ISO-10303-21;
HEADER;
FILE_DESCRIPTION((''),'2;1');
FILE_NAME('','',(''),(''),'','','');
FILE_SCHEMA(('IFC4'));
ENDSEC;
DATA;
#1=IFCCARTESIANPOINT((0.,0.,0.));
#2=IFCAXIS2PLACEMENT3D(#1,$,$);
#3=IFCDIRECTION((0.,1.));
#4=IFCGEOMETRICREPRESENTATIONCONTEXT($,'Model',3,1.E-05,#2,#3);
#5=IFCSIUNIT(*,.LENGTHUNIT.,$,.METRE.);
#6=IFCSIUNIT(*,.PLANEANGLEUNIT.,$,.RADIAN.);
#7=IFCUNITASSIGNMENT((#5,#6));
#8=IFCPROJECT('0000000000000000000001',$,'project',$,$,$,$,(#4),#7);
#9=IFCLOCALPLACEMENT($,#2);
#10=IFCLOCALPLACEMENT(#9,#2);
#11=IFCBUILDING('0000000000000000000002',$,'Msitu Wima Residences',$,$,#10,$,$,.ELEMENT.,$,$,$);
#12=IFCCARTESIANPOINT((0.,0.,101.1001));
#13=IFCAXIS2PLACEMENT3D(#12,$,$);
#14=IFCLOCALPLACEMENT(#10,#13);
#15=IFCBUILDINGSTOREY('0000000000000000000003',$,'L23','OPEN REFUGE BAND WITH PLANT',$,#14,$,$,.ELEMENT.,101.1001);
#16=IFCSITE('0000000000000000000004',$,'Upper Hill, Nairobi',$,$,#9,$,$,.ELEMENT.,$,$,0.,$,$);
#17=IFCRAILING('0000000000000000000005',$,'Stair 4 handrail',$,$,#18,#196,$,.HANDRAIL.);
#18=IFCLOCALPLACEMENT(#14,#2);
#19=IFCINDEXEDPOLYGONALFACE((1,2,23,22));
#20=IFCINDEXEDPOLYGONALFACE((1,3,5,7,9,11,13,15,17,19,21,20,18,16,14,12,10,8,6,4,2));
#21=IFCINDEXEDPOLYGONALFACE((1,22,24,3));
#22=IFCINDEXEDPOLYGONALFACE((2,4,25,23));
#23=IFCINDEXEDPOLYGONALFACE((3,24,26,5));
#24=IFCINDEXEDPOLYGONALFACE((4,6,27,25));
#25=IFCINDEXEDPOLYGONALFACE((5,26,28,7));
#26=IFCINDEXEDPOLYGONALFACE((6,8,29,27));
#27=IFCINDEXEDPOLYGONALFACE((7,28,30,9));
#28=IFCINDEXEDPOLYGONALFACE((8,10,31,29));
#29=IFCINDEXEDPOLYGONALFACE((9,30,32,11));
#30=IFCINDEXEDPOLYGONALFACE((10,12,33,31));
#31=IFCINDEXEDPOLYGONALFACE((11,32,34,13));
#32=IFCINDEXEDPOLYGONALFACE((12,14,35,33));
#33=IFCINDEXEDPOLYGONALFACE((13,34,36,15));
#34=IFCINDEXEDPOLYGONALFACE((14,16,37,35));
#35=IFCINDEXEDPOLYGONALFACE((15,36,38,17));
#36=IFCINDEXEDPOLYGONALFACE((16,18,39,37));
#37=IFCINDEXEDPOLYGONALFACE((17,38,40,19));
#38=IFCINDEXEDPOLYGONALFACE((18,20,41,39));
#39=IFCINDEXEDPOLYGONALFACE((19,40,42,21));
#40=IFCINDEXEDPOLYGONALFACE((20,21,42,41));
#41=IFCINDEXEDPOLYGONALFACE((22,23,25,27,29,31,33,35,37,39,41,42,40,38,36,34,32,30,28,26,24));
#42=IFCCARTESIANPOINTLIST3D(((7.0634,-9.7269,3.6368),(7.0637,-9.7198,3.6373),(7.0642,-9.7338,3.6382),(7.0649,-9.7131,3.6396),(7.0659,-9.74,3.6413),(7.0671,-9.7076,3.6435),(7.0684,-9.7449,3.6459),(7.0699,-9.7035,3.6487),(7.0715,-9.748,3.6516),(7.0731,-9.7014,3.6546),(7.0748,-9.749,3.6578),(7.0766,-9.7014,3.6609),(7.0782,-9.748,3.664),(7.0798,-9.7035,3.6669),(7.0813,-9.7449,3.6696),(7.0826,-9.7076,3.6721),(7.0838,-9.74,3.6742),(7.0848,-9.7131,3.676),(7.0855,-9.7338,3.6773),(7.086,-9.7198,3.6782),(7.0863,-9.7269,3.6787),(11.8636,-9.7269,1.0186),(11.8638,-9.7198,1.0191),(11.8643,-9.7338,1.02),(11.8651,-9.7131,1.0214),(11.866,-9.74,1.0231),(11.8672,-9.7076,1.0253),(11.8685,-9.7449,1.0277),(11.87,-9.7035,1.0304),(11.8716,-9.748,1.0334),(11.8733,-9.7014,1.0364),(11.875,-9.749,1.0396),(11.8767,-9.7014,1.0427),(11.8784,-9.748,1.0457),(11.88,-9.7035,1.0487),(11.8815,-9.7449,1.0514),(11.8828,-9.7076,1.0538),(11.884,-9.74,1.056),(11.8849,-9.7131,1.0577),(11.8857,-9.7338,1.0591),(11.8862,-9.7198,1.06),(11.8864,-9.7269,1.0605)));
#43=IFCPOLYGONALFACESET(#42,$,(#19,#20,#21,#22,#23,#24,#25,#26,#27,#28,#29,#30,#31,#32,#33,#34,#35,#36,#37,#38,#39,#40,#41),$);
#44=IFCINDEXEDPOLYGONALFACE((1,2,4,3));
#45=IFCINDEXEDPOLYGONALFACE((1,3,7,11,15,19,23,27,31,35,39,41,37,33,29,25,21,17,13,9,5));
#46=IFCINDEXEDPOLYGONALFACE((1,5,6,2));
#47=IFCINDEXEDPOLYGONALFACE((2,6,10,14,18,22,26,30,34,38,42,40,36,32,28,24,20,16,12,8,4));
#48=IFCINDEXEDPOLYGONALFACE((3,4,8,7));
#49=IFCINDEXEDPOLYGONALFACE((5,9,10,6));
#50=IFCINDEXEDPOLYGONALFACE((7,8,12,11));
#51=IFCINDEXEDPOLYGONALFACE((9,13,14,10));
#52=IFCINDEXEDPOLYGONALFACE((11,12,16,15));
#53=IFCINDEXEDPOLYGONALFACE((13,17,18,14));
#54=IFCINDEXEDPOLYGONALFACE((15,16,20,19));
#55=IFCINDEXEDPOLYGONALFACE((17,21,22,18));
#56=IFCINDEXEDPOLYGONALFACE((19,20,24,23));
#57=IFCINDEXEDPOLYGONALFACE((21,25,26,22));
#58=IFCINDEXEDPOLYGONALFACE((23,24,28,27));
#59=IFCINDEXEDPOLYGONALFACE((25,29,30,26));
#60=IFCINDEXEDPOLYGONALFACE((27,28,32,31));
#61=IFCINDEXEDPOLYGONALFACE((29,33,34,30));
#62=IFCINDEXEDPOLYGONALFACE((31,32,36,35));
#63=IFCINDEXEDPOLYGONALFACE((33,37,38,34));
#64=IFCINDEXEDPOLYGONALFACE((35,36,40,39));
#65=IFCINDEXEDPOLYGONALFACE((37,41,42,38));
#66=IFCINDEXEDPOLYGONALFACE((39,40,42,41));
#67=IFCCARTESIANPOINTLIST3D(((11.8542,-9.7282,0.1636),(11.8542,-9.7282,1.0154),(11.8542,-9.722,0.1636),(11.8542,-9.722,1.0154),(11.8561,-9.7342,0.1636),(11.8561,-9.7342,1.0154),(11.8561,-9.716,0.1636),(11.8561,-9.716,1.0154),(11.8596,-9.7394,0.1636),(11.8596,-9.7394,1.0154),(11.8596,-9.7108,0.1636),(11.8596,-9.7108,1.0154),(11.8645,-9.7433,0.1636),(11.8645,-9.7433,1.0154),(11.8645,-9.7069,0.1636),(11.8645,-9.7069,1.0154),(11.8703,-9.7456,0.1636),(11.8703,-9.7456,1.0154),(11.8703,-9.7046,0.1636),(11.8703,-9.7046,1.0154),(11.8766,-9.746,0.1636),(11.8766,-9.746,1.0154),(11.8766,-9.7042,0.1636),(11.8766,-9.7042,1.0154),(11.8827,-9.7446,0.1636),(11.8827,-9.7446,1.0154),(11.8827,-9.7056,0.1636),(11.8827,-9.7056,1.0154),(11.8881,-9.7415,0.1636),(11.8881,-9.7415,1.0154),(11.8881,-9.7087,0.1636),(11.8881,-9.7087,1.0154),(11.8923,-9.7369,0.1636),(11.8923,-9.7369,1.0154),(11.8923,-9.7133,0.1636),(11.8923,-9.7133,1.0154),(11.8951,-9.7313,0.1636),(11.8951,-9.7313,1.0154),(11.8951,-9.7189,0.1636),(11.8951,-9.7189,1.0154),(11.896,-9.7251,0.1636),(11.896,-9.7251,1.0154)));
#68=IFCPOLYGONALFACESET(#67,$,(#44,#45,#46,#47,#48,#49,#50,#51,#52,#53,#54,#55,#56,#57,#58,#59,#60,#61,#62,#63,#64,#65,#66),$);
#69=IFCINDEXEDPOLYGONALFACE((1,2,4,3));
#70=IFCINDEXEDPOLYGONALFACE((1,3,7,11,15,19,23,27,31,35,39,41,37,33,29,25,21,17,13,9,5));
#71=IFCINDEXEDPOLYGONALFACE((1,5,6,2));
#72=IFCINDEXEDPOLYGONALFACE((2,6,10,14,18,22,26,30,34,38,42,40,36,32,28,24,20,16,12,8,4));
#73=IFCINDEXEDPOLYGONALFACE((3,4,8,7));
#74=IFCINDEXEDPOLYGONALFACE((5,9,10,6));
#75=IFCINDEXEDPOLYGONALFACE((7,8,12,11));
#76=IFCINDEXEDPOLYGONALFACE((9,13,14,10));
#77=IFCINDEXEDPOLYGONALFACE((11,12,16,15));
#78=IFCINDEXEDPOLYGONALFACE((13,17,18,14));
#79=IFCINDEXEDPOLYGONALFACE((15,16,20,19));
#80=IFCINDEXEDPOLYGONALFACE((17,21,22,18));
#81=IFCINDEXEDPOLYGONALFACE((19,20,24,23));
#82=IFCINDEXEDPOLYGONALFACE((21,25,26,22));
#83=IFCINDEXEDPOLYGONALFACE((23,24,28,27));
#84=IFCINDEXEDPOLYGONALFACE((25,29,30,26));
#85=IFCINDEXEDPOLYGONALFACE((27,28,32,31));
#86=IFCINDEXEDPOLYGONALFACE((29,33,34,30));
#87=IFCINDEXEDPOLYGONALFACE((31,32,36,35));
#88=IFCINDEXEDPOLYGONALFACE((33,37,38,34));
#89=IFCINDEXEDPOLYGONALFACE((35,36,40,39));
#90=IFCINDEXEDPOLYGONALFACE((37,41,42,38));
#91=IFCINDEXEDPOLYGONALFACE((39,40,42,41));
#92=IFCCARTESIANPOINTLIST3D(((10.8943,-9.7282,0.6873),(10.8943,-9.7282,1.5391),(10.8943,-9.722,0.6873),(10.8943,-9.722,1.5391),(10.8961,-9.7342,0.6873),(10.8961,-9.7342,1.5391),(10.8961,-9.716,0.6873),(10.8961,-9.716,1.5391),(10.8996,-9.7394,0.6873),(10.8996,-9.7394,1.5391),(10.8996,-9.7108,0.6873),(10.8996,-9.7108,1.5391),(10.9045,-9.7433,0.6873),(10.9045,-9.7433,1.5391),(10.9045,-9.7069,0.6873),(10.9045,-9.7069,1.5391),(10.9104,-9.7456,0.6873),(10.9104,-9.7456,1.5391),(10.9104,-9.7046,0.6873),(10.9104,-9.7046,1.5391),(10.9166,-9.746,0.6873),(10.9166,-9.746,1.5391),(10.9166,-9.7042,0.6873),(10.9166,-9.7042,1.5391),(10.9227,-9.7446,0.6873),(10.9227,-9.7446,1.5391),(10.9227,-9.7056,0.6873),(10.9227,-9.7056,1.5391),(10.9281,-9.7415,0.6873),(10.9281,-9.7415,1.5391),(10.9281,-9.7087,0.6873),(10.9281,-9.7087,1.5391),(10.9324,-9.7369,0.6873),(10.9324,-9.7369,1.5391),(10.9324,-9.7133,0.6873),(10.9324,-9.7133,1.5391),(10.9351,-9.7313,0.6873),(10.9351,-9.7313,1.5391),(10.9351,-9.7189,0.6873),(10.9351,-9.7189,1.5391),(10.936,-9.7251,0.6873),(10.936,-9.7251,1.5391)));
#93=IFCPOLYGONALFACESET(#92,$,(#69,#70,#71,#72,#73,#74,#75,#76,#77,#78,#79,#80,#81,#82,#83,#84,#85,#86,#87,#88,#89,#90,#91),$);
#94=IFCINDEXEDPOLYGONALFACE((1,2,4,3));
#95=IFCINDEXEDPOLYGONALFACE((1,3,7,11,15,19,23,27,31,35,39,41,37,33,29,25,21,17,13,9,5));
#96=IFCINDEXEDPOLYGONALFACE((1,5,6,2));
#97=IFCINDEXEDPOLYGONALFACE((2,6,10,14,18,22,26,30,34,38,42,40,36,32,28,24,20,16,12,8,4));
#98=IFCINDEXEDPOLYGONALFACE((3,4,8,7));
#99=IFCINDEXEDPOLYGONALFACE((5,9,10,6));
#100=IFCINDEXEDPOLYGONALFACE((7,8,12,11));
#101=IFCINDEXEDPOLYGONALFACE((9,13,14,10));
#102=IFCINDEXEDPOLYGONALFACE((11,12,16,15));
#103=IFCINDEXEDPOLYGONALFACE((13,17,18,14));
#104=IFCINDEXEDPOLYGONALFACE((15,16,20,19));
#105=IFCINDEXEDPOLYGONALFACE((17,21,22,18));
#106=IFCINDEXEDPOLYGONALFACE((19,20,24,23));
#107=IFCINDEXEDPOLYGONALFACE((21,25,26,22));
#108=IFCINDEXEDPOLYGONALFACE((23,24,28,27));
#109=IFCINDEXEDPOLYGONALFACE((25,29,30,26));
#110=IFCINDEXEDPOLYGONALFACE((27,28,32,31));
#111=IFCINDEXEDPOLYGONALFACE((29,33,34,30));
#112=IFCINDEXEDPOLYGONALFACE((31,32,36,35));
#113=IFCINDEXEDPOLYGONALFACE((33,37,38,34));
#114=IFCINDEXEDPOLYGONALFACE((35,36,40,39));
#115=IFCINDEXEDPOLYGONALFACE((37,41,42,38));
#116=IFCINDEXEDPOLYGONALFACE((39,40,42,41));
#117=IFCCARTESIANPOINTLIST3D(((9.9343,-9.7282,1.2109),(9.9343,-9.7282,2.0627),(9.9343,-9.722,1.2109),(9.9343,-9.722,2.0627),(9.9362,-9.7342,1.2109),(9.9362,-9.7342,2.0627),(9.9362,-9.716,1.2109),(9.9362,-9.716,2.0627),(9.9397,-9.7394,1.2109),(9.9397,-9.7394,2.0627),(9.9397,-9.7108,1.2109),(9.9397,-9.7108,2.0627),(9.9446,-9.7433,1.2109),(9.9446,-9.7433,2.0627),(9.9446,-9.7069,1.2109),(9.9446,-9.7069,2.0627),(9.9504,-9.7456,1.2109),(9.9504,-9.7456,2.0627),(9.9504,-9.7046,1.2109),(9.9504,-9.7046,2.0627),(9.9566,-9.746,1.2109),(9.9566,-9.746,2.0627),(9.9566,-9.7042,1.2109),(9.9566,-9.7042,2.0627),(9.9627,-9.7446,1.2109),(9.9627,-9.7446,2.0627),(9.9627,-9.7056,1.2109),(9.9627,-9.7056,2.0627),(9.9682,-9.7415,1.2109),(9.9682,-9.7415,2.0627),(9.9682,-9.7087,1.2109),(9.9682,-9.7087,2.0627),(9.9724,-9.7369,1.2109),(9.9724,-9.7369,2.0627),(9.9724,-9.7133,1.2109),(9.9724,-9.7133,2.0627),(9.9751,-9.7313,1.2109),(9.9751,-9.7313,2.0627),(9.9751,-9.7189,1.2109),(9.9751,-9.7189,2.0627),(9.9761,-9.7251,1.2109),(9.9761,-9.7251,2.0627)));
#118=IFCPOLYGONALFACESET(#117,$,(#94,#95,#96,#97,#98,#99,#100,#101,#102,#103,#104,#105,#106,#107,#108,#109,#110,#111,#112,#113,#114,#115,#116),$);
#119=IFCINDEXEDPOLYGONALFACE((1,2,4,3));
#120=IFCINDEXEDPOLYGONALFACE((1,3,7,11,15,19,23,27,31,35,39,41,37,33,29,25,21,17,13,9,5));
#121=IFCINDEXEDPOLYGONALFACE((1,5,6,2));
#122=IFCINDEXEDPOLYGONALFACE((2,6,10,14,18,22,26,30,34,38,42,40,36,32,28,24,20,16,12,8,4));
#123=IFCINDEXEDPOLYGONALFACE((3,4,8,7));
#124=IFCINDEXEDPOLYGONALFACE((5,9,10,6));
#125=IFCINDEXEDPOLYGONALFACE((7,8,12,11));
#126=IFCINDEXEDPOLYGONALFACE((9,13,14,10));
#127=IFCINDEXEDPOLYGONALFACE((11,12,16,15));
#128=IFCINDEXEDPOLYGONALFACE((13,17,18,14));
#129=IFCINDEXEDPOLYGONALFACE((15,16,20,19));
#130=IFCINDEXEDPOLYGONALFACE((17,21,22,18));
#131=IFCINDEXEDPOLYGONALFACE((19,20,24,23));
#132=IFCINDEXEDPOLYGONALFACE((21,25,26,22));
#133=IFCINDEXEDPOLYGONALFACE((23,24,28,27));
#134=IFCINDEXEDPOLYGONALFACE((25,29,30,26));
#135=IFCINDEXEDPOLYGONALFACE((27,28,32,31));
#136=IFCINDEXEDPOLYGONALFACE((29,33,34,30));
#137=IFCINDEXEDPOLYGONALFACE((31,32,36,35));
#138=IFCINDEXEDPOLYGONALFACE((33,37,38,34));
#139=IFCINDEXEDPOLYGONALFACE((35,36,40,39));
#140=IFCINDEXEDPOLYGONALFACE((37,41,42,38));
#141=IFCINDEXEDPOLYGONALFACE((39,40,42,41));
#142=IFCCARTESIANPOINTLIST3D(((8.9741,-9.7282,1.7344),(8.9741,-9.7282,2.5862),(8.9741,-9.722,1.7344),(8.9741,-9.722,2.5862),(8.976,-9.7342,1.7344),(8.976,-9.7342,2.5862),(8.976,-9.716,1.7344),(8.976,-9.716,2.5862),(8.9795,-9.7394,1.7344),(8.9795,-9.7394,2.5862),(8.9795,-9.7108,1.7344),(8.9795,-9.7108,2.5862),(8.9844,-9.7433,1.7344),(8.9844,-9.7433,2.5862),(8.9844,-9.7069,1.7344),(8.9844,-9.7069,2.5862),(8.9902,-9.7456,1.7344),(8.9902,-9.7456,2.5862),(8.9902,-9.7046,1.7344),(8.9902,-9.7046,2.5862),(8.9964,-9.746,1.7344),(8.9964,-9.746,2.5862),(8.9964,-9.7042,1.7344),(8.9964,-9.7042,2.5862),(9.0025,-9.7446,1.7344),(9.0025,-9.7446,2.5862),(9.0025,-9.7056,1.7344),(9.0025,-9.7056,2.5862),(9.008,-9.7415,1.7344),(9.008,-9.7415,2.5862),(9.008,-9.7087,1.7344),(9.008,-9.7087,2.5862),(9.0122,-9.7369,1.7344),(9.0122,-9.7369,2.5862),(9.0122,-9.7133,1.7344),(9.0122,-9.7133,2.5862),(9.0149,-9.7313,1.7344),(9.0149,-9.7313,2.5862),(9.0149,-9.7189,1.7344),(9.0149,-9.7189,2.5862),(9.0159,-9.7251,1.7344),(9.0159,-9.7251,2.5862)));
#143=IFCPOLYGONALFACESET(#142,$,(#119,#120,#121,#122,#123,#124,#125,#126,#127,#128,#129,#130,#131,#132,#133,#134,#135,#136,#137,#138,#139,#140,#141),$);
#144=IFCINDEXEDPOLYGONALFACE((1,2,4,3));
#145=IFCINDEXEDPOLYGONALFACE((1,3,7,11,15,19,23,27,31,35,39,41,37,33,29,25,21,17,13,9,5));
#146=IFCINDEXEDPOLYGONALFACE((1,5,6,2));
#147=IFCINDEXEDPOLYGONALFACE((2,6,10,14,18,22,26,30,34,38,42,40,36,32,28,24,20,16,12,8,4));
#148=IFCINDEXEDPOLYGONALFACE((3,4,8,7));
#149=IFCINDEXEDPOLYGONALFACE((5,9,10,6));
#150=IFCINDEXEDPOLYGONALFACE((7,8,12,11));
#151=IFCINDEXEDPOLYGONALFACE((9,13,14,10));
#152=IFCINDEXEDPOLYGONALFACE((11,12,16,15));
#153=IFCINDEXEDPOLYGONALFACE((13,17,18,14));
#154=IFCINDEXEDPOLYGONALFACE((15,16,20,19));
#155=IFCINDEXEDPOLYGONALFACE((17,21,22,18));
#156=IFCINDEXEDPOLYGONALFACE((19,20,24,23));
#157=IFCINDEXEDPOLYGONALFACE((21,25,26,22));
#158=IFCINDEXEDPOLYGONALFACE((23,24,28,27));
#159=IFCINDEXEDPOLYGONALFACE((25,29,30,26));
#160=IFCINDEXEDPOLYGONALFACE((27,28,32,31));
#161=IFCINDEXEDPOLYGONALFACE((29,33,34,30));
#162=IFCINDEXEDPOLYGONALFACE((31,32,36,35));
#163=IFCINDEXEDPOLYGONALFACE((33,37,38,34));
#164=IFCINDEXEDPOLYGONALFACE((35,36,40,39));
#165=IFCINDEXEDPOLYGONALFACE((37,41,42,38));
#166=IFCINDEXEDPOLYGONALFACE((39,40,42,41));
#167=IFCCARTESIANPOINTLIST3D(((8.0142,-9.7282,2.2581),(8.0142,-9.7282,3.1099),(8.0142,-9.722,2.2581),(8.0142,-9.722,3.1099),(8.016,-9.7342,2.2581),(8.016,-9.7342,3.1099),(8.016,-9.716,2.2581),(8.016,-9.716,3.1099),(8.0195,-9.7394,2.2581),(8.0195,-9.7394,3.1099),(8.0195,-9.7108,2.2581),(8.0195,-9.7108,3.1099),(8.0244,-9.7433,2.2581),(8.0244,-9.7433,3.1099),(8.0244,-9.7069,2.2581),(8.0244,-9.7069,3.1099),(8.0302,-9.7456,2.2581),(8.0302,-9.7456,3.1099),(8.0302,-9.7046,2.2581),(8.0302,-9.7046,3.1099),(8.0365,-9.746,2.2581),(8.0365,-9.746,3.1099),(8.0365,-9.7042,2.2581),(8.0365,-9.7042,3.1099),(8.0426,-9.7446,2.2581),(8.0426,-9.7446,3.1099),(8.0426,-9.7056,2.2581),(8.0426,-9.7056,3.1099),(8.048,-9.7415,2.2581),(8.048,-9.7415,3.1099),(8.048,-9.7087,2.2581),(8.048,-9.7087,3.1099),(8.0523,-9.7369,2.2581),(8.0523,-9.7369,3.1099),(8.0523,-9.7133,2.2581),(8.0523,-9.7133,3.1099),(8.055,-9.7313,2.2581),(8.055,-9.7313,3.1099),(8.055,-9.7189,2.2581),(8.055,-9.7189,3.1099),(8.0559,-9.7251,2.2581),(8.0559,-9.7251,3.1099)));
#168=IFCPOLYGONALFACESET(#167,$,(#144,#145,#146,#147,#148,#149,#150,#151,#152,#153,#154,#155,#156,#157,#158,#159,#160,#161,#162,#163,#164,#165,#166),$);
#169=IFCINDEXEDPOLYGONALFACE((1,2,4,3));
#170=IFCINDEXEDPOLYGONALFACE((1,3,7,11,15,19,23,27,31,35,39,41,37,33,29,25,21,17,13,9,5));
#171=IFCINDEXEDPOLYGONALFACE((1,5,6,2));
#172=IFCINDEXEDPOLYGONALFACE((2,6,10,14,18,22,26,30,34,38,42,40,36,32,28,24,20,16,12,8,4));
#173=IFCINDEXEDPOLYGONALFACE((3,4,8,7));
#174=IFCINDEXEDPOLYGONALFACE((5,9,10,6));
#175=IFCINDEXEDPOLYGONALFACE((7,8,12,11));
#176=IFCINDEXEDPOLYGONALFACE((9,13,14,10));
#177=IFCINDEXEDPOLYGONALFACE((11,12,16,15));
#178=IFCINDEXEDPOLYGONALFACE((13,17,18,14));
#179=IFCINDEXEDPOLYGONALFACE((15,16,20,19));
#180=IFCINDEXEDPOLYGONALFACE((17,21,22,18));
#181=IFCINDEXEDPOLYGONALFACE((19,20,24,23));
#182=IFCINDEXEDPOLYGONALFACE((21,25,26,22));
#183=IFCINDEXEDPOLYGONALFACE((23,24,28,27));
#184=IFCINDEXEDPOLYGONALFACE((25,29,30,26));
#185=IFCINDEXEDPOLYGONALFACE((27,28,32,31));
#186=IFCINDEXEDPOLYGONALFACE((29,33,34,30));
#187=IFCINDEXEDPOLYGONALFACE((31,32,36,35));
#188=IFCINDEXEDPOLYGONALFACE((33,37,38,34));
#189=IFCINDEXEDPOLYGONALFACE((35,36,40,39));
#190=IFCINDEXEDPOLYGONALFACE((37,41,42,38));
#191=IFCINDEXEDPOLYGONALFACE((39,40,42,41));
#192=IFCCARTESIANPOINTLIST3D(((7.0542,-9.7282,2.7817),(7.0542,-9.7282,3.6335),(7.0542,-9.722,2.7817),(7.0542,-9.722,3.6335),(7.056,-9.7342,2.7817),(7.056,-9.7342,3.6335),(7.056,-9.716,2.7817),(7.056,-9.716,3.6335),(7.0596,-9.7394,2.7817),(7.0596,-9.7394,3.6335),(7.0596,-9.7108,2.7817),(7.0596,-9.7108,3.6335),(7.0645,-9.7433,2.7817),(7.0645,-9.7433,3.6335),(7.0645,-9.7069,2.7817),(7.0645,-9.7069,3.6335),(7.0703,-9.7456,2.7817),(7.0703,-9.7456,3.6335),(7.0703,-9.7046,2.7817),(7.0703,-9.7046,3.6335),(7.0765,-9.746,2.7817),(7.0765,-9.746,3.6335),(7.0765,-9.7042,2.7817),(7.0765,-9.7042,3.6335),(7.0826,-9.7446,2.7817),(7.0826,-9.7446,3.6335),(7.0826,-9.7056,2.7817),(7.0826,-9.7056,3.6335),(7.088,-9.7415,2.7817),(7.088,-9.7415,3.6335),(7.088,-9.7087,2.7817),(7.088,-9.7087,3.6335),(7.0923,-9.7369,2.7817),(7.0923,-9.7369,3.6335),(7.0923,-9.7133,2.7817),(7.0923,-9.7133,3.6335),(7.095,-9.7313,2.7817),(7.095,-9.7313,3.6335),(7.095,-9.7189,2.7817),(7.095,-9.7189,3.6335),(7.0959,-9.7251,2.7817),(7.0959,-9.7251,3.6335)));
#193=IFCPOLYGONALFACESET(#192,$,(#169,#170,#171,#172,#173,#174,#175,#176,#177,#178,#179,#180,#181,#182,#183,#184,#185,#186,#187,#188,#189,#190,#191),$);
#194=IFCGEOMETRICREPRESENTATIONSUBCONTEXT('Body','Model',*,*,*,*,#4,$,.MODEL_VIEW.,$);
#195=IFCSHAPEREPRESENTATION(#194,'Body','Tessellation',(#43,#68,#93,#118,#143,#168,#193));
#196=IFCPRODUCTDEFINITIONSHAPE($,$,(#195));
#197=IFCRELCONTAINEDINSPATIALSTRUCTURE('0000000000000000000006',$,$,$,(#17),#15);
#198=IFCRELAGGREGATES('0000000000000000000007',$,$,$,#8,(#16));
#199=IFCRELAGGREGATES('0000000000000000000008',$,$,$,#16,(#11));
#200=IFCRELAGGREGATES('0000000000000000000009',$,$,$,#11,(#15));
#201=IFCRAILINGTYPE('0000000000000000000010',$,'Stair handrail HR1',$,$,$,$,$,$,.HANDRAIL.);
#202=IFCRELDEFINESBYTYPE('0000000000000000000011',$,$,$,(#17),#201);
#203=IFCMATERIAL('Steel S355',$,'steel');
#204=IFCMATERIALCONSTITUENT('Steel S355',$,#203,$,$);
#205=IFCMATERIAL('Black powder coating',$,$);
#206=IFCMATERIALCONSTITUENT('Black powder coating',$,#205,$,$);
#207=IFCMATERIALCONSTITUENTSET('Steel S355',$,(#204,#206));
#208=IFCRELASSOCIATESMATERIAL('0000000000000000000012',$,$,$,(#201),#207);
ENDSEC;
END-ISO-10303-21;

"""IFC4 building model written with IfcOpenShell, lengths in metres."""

from ifc_helpers import new_model, si_unit, direction, frame, origin, origin_2d, place, context, subcontext, project, spatial, circle, extrude, material, constituent, constituent_set, type_object, element, save


model = new_model("IFC4")

# Units and contexts
model_context = context("Model", 3, precision=1e-05, world=origin(), true_north=direction((0.0, 1.0)))
body_context = subcontext(model_context, "Body", "Model", "MODEL_VIEW")
ifc_project = project(units=[si_unit("LENGTHUNIT", "METRE"), si_unit("PLANEANGLEUNIT", "RADIAN")], contexts=[model_context])

# Site, building, storey
site_placement = place(None, origin())
site = spatial("IfcSite", under=ifc_project, at=site_placement, Name="Upper Hill, Nairobi", CompositionType="ELEMENT", RefElevation=0.0)
building_placement = place(site_placement, origin())
building = spatial("IfcBuilding", under=site, at=building_placement, Name="Msitu Wima Residences", CompositionType="ELEMENT")
storey_placement = place(building_placement, frame((0.0, 0.0, 101.1001)))
storey = spatial("IfcBuildingStorey", under=building, at=storey_placement, Name="L23", Description="OPEN REFUGE BAND WITH PLANT", CompositionType="ELEMENT", Elevation=101.1001)

# Railing
ifc_material_1 = material(Name="Steel S355", Category="steel")
ifc_constituent_1 = constituent(ifc_material_1, Name="Steel S355")
ifc_material_2 = material(Name="Black powder coating")
ifc_constituent_2 = constituent(ifc_material_2, Name="Black powder coating")
ifc_constituent_set_1 = constituent_set(constituents=[ifc_constituent_1, ifc_constituent_2], Name="Steel S355")
railing_type_1 = type_object("IfcRailingType", Name="Stair handrail HR1", PredefinedType="HANDRAIL", material=ifc_constituent_set_1)
for number, where, name in (
    (1, (11.875, -9.7251, 0.1636), "Stair 4 handrail"),
):
    element("IfcRailing", number, at=place(storey_placement, frame(where)), inside=storey, type_object=railing_type_1, Name=name, PredefinedType="HANDRAIL", context=body_context, shape_type="SweptSolid", body=[
        extrude(circle(Radius=0.0239, at=origin_2d()), frame((0.0, 0.0, 0.876), z_axis=(-0.877899, 0.0, 0.478846), x_axis=(0.0, -1.0, 0.0)), (0.0, 0.0, 1.0), 5.4678),
        extrude(circle(Radius=0.021, at=origin_2d()), origin(), (0.0, 0.0, 1.0), 0.8518),
        extrude(circle(Radius=0.021, at=origin_2d()), frame((-0.96, 0.0, 0.5237)), (0.0, 0.0, 1.0), 0.8518),
        extrude(circle(Radius=0.021, at=origin_2d()), frame((-1.9199, 0.0, 1.0474)), (0.0, 0.0, 1.0), 0.8518),
        extrude(circle(Radius=0.021, at=origin_2d()), frame((-2.8801, 0.0, 1.5708)), (0.0, 0.0, 1.0), 0.8518),
        extrude(circle(Radius=0.021, at=origin_2d()), frame((-3.8401, 0.0, 2.0945)), (0.0, 0.0, 1.0), 0.8518),
        extrude(circle(Radius=0.021, at=origin_2d()), frame((-4.8, 0.0, 2.6182)), (0.0, 0.0, 1.0), 0.8518),
    ])

save(model, "model.ifc")
